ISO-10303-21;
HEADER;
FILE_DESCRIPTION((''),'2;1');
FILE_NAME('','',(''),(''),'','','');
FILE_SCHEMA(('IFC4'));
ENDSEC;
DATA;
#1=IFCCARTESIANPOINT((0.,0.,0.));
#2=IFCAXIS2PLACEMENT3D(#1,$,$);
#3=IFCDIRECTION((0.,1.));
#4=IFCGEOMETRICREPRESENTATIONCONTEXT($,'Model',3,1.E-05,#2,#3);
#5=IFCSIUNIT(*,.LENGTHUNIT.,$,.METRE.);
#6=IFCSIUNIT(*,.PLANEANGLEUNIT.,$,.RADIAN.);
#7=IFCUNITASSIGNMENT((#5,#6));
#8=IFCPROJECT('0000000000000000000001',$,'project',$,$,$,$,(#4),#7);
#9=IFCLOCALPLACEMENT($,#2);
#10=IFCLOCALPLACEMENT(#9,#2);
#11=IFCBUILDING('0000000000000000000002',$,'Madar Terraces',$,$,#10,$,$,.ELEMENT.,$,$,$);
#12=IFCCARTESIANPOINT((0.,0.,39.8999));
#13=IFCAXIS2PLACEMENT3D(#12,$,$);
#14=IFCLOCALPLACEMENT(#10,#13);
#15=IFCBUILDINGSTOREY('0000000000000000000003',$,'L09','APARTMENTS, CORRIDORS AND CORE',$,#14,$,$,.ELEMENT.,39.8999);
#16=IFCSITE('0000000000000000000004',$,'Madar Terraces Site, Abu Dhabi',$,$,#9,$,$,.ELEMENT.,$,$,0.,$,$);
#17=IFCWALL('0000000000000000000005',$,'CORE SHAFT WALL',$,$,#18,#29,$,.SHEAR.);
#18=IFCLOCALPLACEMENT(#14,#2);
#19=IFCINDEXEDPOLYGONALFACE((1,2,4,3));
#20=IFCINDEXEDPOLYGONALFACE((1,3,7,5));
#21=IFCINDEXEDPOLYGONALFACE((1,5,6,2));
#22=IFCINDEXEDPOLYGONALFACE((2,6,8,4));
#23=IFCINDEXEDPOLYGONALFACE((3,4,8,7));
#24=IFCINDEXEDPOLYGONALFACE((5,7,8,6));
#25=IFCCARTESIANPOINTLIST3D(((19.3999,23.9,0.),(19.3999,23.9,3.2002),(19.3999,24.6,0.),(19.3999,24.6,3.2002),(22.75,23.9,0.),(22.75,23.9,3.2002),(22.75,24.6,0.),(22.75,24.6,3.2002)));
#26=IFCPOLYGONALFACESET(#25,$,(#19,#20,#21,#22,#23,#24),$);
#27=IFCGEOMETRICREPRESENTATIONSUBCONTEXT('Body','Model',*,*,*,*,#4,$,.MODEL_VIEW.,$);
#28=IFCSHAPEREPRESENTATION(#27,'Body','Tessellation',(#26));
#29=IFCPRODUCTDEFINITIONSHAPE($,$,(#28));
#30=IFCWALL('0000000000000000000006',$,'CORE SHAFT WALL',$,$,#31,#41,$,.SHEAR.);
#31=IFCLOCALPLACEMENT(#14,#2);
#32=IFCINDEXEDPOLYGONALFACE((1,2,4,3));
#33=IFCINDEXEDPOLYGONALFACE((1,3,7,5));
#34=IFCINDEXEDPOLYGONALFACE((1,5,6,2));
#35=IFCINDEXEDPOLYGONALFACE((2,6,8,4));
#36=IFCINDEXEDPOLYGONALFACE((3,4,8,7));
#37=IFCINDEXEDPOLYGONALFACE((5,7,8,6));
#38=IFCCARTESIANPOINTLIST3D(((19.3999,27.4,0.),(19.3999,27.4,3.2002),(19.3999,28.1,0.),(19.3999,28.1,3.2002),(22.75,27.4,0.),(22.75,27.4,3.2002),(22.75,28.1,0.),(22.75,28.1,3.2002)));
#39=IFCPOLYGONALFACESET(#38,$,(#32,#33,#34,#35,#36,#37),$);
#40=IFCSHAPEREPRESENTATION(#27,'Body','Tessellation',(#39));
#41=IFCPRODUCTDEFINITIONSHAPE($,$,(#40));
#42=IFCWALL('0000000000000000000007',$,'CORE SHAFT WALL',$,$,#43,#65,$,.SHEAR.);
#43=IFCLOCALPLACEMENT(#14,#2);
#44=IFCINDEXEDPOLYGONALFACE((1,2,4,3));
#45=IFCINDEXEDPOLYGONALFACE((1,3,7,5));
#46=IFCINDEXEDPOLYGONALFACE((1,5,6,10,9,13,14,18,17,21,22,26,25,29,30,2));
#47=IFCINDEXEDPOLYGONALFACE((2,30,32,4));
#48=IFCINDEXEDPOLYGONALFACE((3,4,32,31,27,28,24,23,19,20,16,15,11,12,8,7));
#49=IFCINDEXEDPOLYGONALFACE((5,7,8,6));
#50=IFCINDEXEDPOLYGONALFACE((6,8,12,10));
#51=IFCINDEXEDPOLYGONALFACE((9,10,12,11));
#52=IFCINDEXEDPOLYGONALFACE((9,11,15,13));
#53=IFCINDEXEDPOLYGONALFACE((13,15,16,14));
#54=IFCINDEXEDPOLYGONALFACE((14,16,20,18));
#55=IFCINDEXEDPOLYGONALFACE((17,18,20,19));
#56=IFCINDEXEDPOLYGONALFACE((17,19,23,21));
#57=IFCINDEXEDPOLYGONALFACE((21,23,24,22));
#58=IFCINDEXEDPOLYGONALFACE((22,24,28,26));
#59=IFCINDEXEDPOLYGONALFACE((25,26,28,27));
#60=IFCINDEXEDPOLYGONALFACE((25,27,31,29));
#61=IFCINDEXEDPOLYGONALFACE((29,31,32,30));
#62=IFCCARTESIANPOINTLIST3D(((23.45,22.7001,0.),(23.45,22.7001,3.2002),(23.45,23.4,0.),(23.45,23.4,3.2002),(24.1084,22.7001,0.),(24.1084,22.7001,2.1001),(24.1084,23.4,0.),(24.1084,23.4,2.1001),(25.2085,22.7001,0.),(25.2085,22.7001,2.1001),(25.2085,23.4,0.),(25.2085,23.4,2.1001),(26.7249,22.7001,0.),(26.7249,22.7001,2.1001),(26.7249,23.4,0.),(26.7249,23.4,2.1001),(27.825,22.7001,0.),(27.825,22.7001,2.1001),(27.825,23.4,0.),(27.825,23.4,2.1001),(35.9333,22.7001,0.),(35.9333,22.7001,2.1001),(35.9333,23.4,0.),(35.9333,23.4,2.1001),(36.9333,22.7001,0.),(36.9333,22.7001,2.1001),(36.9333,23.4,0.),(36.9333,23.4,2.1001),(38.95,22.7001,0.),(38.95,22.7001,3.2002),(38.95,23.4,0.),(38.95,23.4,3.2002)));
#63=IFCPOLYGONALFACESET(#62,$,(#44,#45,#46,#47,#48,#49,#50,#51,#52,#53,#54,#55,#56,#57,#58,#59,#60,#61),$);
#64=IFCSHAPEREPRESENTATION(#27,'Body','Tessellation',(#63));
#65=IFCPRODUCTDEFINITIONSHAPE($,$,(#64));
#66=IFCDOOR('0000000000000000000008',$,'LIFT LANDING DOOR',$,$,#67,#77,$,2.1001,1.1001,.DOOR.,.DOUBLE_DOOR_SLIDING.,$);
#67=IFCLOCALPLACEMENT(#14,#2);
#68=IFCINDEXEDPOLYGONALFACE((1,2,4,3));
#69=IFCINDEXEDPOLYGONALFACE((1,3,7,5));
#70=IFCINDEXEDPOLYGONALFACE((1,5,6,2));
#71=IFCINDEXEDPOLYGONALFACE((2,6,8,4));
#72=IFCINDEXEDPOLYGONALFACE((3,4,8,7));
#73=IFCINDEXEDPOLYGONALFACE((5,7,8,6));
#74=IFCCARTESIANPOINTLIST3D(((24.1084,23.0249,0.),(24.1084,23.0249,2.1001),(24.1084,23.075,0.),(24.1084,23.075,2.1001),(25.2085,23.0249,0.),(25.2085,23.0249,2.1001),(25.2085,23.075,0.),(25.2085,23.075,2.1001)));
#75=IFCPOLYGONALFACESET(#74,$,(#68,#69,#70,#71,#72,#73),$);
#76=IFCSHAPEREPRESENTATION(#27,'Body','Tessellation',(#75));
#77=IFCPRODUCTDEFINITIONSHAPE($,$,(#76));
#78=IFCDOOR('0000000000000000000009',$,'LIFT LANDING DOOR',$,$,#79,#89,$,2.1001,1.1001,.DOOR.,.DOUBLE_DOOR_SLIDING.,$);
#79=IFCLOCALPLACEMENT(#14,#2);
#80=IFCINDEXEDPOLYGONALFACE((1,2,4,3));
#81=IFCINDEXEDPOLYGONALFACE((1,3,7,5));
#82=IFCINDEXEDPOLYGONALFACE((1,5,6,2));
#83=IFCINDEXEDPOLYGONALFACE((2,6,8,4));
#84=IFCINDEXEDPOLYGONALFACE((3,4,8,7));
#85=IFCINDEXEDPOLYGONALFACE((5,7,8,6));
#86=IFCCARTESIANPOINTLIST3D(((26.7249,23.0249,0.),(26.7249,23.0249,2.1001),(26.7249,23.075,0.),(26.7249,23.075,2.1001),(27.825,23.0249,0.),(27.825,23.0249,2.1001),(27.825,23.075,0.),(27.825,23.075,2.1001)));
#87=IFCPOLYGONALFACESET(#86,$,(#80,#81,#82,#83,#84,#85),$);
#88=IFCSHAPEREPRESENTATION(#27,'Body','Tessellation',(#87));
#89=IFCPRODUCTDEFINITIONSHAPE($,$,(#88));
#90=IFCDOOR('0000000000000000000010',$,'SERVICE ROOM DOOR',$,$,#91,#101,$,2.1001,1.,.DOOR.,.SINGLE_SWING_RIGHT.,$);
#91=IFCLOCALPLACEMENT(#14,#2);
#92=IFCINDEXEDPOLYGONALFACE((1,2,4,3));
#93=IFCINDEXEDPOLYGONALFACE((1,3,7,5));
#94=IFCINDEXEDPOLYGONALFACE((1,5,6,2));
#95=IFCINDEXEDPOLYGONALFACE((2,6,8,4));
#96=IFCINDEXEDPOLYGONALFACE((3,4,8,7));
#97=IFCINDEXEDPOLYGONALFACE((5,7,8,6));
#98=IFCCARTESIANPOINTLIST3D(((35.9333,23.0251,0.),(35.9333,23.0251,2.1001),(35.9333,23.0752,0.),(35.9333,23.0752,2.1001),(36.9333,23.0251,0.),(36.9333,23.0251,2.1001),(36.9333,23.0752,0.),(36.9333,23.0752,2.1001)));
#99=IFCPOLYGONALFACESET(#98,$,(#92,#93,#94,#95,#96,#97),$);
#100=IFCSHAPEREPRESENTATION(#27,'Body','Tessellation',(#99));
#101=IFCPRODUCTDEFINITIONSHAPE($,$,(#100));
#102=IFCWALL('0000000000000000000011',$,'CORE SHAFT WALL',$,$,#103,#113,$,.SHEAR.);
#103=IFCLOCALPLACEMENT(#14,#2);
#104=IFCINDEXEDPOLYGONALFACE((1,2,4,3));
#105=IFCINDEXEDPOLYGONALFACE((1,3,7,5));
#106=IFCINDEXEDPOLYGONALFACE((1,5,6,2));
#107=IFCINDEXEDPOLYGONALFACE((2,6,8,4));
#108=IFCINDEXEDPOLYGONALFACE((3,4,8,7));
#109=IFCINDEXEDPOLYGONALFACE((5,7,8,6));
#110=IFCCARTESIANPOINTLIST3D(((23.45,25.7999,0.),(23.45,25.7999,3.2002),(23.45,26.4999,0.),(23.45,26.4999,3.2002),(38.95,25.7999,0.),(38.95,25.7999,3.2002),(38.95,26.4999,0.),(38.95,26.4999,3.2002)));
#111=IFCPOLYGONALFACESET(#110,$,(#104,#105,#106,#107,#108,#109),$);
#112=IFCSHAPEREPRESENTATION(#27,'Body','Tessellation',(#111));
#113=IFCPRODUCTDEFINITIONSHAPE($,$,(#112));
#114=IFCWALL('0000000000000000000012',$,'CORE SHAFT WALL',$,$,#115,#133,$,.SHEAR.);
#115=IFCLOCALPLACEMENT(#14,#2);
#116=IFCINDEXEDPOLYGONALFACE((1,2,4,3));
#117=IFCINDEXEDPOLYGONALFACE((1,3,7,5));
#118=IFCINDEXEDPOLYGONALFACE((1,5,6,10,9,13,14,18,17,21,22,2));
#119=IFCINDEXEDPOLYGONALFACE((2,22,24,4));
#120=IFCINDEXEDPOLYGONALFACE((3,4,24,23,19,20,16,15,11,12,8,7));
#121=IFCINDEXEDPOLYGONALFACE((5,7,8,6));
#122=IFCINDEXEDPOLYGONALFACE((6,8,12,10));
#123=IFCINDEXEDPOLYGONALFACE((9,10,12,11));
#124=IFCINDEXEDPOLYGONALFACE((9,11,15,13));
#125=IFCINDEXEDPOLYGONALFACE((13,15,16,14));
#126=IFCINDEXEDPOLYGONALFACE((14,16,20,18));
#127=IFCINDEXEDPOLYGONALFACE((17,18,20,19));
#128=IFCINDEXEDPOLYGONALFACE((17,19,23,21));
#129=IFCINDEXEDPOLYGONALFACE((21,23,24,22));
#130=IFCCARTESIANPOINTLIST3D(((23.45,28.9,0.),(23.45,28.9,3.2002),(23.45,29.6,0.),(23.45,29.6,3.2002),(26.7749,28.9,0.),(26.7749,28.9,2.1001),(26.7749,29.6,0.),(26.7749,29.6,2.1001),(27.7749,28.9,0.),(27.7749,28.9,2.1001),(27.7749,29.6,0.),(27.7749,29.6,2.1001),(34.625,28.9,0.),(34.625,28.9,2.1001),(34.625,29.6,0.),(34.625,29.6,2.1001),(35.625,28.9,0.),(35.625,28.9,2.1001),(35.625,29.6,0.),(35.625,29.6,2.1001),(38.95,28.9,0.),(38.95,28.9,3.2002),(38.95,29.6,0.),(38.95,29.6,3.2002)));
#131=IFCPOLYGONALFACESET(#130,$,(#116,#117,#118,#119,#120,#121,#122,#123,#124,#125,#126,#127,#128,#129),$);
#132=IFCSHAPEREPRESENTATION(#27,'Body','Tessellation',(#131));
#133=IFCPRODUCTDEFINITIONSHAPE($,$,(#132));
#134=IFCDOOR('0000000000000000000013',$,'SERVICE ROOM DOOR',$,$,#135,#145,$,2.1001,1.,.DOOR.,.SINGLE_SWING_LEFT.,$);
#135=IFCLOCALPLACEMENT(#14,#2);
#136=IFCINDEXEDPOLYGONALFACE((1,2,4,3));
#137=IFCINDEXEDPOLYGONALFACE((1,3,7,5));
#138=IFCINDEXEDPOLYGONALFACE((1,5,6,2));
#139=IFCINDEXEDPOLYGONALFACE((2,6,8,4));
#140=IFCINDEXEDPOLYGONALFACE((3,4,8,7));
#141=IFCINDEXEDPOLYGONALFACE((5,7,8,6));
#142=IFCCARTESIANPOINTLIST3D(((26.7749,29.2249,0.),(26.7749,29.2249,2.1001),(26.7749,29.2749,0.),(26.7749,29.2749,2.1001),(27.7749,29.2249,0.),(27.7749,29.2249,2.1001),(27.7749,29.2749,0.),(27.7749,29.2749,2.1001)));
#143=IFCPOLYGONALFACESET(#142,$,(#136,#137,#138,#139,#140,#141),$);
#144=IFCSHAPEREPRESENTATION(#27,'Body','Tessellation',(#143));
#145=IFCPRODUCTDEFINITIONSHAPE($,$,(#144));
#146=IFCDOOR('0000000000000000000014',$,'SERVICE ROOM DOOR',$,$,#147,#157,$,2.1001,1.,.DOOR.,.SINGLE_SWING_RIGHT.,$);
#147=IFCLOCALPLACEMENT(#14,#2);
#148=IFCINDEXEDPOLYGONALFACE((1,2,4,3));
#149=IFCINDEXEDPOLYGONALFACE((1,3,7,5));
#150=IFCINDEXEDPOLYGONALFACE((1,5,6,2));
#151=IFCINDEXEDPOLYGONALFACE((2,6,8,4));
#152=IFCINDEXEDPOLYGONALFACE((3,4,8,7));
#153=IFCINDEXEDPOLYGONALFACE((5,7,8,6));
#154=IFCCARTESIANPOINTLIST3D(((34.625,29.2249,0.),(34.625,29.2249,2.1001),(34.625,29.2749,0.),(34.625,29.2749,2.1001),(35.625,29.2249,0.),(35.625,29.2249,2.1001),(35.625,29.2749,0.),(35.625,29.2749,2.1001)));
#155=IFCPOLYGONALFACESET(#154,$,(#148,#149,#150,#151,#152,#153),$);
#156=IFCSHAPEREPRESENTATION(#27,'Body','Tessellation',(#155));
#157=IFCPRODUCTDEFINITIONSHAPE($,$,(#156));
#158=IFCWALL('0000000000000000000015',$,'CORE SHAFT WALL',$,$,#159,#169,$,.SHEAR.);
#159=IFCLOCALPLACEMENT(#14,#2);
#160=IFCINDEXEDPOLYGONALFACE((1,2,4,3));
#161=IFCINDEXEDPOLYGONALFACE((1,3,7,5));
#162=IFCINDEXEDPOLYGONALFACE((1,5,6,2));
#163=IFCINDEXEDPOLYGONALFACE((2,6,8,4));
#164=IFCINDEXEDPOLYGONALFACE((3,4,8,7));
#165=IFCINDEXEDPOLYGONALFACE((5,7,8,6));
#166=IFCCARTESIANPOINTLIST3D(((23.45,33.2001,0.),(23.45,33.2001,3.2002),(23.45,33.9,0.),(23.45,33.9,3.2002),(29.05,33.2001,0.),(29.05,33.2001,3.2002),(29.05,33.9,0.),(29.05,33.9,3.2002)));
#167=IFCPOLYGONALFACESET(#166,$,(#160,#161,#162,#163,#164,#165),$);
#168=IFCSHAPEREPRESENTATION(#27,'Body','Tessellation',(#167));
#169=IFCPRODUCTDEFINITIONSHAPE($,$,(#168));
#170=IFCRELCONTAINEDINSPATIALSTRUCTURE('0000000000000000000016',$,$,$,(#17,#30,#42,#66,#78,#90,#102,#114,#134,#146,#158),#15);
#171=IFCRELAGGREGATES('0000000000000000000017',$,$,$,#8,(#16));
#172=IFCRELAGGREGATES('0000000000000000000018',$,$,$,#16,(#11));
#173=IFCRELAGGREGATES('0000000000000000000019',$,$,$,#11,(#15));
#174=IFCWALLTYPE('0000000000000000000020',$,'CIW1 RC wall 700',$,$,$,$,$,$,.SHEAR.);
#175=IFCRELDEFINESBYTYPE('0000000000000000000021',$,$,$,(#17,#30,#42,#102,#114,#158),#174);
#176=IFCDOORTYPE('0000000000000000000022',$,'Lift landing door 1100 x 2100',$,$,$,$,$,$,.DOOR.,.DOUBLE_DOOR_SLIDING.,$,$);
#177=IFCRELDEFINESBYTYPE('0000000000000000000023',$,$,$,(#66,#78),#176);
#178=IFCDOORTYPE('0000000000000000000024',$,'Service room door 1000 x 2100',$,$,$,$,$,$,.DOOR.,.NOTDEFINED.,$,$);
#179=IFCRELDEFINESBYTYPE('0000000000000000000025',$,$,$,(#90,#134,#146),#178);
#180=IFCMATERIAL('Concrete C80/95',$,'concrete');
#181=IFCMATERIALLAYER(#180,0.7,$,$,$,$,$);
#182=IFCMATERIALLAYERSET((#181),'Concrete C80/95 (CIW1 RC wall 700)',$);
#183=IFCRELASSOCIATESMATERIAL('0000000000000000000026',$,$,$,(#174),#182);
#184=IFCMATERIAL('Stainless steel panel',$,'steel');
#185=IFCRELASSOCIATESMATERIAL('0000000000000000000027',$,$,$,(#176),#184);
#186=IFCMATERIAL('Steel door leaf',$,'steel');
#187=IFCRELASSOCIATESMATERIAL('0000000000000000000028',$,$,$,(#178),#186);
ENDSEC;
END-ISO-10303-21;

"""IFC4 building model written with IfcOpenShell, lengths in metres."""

from ifc_helpers import new_model, si_unit, direction, frame, frame_2d, origin, place, context, subcontext, project, spatial, rectangle, extrude, material, layer, layer_set, type_object, element, fill, save


model = new_model("IFC4")

# Units and contexts
model_context = context("Model", 3, precision=1e-05, world=origin(), true_north=direction((0.0, 1.0)))
body_context = subcontext(model_context, "Body", "Model", "MODEL_VIEW")
ifc_project = project(units=[si_unit("LENGTHUNIT", "METRE"), si_unit("PLANEANGLEUNIT", "RADIAN")], contexts=[model_context])

# Site, building, storey
site_placement = place(None, origin())
site = spatial("IfcSite", under=ifc_project, at=site_placement, Name="Madar Terraces Site, Abu Dhabi", CompositionType="ELEMENT", RefElevation=0.0)
building_placement = place(site_placement, origin())
building = spatial("IfcBuilding", under=site, at=building_placement, Name="Madar Terraces", CompositionType="ELEMENT")
storey_placement = place(building_placement, frame((0.0, 0.0, 39.8999)))
storey = spatial("IfcBuildingStorey", under=building, at=storey_placement, Name="L09", Description="APARTMENTS, CORRIDORS AND CORE", CompositionType="ELEMENT", Elevation=39.8999)

# Walls
ifc_material_1 = material(Name="Concrete C80/95", Category="concrete")
ifc_layer_1 = layer(ifc_material_1, 0.7)
ifc_layer_set_1 = layer_set([ifc_layer_1], Name="Concrete C80/95 (CIW1 RC wall 700)")
wall_type_1 = type_object("IfcWallType", Name="CIW1 RC wall 700", PredefinedType="SHEAR", material=ifc_layer_set_1)
for number, where, z_axis, x_axis, name in (
    (1, (19.3999, 24.25, 0.0), (0.0, 0.0, 1.0), (1.0, 0.0, 0.0), "CORE SHAFT WALL"),
    (2, (19.3999, 27.75, 0.0), (0.0, 0.0, 1.0), (1.0, 0.0, 0.0), "CORE SHAFT WALL"),
):
    element("IfcWall", number, at=place(storey_placement, frame(where, z_axis=z_axis, x_axis=x_axis)), inside=storey, type_object=wall_type_1, Name=name, PredefinedType="SHEAR", context=body_context, shape_type="SweptSolid", body=[
        extrude(rectangle(XDim=3.3501, YDim=0.7, at=frame_2d((1.675, 0.0))), origin(), (0.0, 0.0, 1.0), 3.2002),
    ])

# Wall, openings, doors
wall_1_placement = place(storey_placement, frame((23.45, 23.05, 0.0), z_axis=(0.0, 0.0, 1.0), x_axis=(1.0, 0.0, 0.0)))
wall_1 = element("IfcWall", 3, at=wall_1_placement, inside=storey, type_object=wall_type_1, Name="CORE SHAFT WALL", PredefinedType="SHEAR", context=body_context, shape_type="SweptSolid", body=[
    extrude(rectangle(XDim=15.5, YDim=0.7, at=frame_2d((7.75, 0.0))), origin(), (0.0, 0.0, 1.0), 3.2002),
])
opening_1_placement = place(wall_1_placement, frame((0.6584, 0.0, 0.0)))
opening_1 = element("IfcOpeningElement", 4, at=opening_1_placement, cuts=wall_1, PredefinedType="OPENING", context=body_context, shape_type="SweptSolid", body=[
    extrude(rectangle(XDim=1.1001, YDim=2.1001, at=frame_2d((0.55, 1.05))), frame((0.0, 0.3599, 0.0), z_axis=(0.0, -1.0, 0.0), x_axis=(1.0, 0.0, 0.0)), (0.0, 0.0, 1.0), 0.72),
])
opening_2_placement = place(wall_1_placement, frame((3.2749, 0.0, 0.0)))
opening_2 = element("IfcOpeningElement", 5, at=opening_2_placement, cuts=wall_1, PredefinedType="OPENING", context=body_context, shape_type="SweptSolid", body=[
    extrude(rectangle(XDim=1.1001, YDim=2.1001, at=frame_2d((0.55, 1.05))), frame((0.0, 0.3599, 0.0), z_axis=(0.0, -1.0, 0.0), x_axis=(1.0, 0.0, 0.0)), (0.0, 0.0, 1.0), 0.72),
])
opening_3_placement = place(wall_1_placement, frame((12.4834, 0.0, 0.0)))
opening_3 = element("IfcOpeningElement", 6, at=opening_3_placement, cuts=wall_1, PredefinedType="OPENING", context=body_context, shape_type="SweptSolid", body=[
    extrude(rectangle(XDim=1.0, YDim=2.1001, at=frame_2d((0.5, 1.05))), frame((0.0, 0.3599, 0.0), z_axis=(0.0, -1.0, 0.0), x_axis=(1.0, 0.0, 0.0)), (0.0, 0.0, 1.0), 0.72),
])
ifc_material_2 = material(Name="Stainless steel panel", Category="steel")
door_type_1 = type_object("IfcDoorType", Name="Lift landing door 1100 x 2100", OperationType="DOUBLE_DOOR_SLIDING", PredefinedType="DOOR", material=ifc_material_2)
door_1_placement = place(opening_1_placement, origin())
door_1 = element("IfcDoor", 7, at=door_1_placement, inside=storey, type_object=door_type_1, Name="LIFT LANDING DOOR", OperationType="DOUBLE_DOOR_SLIDING", OverallHeight=2.1001, OverallWidth=1.1001, PredefinedType="DOOR", context=body_context, shape_type="SweptSolid", body=[
    extrude(rectangle(XDim=1.1001, YDim=2.1001, at=frame_2d((0.55, 1.05))), frame((0.0, 0.0249, 0.0), z_axis=(0.0, -1.0, 0.0), x_axis=(1.0, 0.0, 0.0)), (0.0, 0.0, 1.0), 0.05),
])
fill(opening_1, door_1)
door_2_placement = place(opening_2_placement, origin())
door_2 = element("IfcDoor", 8, at=door_2_placement, inside=storey, type_object=door_type_1, Name="LIFT LANDING DOOR", OperationType="DOUBLE_DOOR_SLIDING", OverallHeight=2.1001, OverallWidth=1.1001, PredefinedType="DOOR", context=body_context, shape_type="SweptSolid", body=[
    extrude(rectangle(XDim=1.1001, YDim=2.1001, at=frame_2d((0.55, 1.05))), frame((0.0, 0.0249, 0.0), z_axis=(0.0, -1.0, 0.0), x_axis=(1.0, 0.0, 0.0)), (0.0, 0.0, 1.0), 0.05),
])
fill(opening_2, door_2)
ifc_material_3 = material(Name="Steel door leaf", Category="steel")
door_type_2 = type_object("IfcDoorType", Name="Service room door 1000 x 2100", OperationType="NOTDEFINED", PredefinedType="DOOR", material=ifc_material_3)
door_3_placement = place(opening_3_placement, frame((1.0, 0.0, 0.0), z_axis=(0.0, 0.0, 1.0), x_axis=(-1.0, 0.0, 0.0)))
door_3 = element("IfcDoor", 9, at=door_3_placement, inside=storey, type_object=door_type_2, Name="SERVICE ROOM DOOR", OperationType="SINGLE_SWING_RIGHT", OverallHeight=2.1001, OverallWidth=1.0, PredefinedType="DOOR", context=body_context, shape_type="SweptSolid", body=[
    extrude(rectangle(XDim=1.0, YDim=2.1001, at=frame_2d((0.5, 1.05))), frame((0.0, 0.0249, 0.0), z_axis=(0.0, -1.0, 0.0), x_axis=(1.0, 0.0, 0.0)), (0.0, 0.0, 1.0), 0.05),
])
fill(opening_3, door_3)

# Wall
wall_2_placement = place(storey_placement, frame((23.45, 26.1499, 0.0), z_axis=(0.0, 0.0, 1.0), x_axis=(1.0, 0.0, 0.0)))
element("IfcWall", 10, at=wall_2_placement, inside=storey, type_object=wall_type_1, Name="CORE SHAFT WALL", PredefinedType="SHEAR", context=body_context, shape_type="SweptSolid", body=[
    extrude(rectangle(XDim=15.5, YDim=0.7, at=frame_2d((7.75, 0.0))), origin(), (0.0, 0.0, 1.0), 3.2002),
])

# Wall, openings, doors
wall_3_placement = place(storey_placement, frame((23.45, 29.25, 0.0), z_axis=(0.0, 0.0, 1.0), x_axis=(1.0, 0.0, 0.0)))
wall_3 = element("IfcWall", 11, at=wall_3_placement, inside=storey, type_object=wall_type_1, Name="CORE SHAFT WALL", PredefinedType="SHEAR", context=body_context, shape_type="SweptSolid", body=[
    extrude(rectangle(XDim=15.5, YDim=0.7, at=frame_2d((7.75, 0.0))), origin(), (0.0, 0.0, 1.0), 3.2002),
])
opening_4_placement = place(wall_3_placement, frame((3.325, 0.0, 0.0)))
opening_4 = element("IfcOpeningElement", 12, at=opening_4_placement, cuts=wall_3, PredefinedType="OPENING", context=body_context, shape_type="SweptSolid", body=[
    extrude(rectangle(XDim=1.0, YDim=2.1001, at=frame_2d((0.5, 1.05))), frame((0.0, 0.3599, 0.0), z_axis=(0.0, -1.0, 0.0), x_axis=(1.0, 0.0, 0.0)), (0.0, 0.0, 1.0), 0.72),
])
opening_5_placement = place(wall_3_placement, frame((11.175, 0.0, 0.0)))
opening_5 = element("IfcOpeningElement", 13, at=opening_5_placement, cuts=wall_3, PredefinedType="OPENING", context=body_context, shape_type="SweptSolid", body=[
    extrude(rectangle(XDim=1.0, YDim=2.1001, at=frame_2d((0.5, 1.05))), frame((0.0, 0.3599, 0.0), z_axis=(0.0, -1.0, 0.0), x_axis=(1.0, 0.0, 0.0)), (0.0, 0.0, 1.0), 0.72),
])
door_4_placement = place(opening_4_placement, origin())
door_4 = element("IfcDoor", 14, at=door_4_placement, inside=storey, type_object=door_type_2, Name="SERVICE ROOM DOOR", OperationType="SINGLE_SWING_LEFT", OverallHeight=2.1001, OverallWidth=1.0, PredefinedType="DOOR", context=body_context, shape_type="SweptSolid", body=[
    extrude(rectangle(XDim=1.0, YDim=2.1001, at=frame_2d((0.5, 1.05))), frame((0.0, 0.0249, 0.0), z_axis=(0.0, -1.0, 0.0), x_axis=(1.0, 0.0, 0.0)), (0.0, 0.0, 1.0), 0.05),
])
fill(opening_4, door_4)
door_5_placement = place(opening_5_placement, origin())
door_5 = element("IfcDoor", 15, at=door_5_placement, inside=storey, type_object=door_type_2, Name="SERVICE ROOM DOOR", OperationType="SINGLE_SWING_RIGHT", OverallHeight=2.1001, OverallWidth=1.0, PredefinedType="DOOR", context=body_context, shape_type="SweptSolid", body=[
    extrude(rectangle(XDim=1.0, YDim=2.1001, at=frame_2d((0.5, 1.05))), frame((0.0, 0.0249, 0.0), z_axis=(0.0, -1.0, 0.0), x_axis=(1.0, 0.0, 0.0)), (0.0, 0.0, 1.0), 0.05),
])
fill(opening_5, door_5)

# Wall
wall_4_placement = place(storey_placement, frame((23.45, 33.55, 0.0), z_axis=(0.0, 0.0, 1.0), x_axis=(1.0, 0.0, 0.0)))
element("IfcWall", 16, at=wall_4_placement, inside=storey, type_object=wall_type_1, Name="CORE SHAFT WALL", PredefinedType="SHEAR", context=body_context, shape_type="SweptSolid", body=[
    extrude(rectangle(XDim=5.6001, YDim=0.7, at=frame_2d((2.8, 0.0))), origin(), (0.0, 0.0, 1.0), 3.2002),
])

save(model, "model.ifc")
